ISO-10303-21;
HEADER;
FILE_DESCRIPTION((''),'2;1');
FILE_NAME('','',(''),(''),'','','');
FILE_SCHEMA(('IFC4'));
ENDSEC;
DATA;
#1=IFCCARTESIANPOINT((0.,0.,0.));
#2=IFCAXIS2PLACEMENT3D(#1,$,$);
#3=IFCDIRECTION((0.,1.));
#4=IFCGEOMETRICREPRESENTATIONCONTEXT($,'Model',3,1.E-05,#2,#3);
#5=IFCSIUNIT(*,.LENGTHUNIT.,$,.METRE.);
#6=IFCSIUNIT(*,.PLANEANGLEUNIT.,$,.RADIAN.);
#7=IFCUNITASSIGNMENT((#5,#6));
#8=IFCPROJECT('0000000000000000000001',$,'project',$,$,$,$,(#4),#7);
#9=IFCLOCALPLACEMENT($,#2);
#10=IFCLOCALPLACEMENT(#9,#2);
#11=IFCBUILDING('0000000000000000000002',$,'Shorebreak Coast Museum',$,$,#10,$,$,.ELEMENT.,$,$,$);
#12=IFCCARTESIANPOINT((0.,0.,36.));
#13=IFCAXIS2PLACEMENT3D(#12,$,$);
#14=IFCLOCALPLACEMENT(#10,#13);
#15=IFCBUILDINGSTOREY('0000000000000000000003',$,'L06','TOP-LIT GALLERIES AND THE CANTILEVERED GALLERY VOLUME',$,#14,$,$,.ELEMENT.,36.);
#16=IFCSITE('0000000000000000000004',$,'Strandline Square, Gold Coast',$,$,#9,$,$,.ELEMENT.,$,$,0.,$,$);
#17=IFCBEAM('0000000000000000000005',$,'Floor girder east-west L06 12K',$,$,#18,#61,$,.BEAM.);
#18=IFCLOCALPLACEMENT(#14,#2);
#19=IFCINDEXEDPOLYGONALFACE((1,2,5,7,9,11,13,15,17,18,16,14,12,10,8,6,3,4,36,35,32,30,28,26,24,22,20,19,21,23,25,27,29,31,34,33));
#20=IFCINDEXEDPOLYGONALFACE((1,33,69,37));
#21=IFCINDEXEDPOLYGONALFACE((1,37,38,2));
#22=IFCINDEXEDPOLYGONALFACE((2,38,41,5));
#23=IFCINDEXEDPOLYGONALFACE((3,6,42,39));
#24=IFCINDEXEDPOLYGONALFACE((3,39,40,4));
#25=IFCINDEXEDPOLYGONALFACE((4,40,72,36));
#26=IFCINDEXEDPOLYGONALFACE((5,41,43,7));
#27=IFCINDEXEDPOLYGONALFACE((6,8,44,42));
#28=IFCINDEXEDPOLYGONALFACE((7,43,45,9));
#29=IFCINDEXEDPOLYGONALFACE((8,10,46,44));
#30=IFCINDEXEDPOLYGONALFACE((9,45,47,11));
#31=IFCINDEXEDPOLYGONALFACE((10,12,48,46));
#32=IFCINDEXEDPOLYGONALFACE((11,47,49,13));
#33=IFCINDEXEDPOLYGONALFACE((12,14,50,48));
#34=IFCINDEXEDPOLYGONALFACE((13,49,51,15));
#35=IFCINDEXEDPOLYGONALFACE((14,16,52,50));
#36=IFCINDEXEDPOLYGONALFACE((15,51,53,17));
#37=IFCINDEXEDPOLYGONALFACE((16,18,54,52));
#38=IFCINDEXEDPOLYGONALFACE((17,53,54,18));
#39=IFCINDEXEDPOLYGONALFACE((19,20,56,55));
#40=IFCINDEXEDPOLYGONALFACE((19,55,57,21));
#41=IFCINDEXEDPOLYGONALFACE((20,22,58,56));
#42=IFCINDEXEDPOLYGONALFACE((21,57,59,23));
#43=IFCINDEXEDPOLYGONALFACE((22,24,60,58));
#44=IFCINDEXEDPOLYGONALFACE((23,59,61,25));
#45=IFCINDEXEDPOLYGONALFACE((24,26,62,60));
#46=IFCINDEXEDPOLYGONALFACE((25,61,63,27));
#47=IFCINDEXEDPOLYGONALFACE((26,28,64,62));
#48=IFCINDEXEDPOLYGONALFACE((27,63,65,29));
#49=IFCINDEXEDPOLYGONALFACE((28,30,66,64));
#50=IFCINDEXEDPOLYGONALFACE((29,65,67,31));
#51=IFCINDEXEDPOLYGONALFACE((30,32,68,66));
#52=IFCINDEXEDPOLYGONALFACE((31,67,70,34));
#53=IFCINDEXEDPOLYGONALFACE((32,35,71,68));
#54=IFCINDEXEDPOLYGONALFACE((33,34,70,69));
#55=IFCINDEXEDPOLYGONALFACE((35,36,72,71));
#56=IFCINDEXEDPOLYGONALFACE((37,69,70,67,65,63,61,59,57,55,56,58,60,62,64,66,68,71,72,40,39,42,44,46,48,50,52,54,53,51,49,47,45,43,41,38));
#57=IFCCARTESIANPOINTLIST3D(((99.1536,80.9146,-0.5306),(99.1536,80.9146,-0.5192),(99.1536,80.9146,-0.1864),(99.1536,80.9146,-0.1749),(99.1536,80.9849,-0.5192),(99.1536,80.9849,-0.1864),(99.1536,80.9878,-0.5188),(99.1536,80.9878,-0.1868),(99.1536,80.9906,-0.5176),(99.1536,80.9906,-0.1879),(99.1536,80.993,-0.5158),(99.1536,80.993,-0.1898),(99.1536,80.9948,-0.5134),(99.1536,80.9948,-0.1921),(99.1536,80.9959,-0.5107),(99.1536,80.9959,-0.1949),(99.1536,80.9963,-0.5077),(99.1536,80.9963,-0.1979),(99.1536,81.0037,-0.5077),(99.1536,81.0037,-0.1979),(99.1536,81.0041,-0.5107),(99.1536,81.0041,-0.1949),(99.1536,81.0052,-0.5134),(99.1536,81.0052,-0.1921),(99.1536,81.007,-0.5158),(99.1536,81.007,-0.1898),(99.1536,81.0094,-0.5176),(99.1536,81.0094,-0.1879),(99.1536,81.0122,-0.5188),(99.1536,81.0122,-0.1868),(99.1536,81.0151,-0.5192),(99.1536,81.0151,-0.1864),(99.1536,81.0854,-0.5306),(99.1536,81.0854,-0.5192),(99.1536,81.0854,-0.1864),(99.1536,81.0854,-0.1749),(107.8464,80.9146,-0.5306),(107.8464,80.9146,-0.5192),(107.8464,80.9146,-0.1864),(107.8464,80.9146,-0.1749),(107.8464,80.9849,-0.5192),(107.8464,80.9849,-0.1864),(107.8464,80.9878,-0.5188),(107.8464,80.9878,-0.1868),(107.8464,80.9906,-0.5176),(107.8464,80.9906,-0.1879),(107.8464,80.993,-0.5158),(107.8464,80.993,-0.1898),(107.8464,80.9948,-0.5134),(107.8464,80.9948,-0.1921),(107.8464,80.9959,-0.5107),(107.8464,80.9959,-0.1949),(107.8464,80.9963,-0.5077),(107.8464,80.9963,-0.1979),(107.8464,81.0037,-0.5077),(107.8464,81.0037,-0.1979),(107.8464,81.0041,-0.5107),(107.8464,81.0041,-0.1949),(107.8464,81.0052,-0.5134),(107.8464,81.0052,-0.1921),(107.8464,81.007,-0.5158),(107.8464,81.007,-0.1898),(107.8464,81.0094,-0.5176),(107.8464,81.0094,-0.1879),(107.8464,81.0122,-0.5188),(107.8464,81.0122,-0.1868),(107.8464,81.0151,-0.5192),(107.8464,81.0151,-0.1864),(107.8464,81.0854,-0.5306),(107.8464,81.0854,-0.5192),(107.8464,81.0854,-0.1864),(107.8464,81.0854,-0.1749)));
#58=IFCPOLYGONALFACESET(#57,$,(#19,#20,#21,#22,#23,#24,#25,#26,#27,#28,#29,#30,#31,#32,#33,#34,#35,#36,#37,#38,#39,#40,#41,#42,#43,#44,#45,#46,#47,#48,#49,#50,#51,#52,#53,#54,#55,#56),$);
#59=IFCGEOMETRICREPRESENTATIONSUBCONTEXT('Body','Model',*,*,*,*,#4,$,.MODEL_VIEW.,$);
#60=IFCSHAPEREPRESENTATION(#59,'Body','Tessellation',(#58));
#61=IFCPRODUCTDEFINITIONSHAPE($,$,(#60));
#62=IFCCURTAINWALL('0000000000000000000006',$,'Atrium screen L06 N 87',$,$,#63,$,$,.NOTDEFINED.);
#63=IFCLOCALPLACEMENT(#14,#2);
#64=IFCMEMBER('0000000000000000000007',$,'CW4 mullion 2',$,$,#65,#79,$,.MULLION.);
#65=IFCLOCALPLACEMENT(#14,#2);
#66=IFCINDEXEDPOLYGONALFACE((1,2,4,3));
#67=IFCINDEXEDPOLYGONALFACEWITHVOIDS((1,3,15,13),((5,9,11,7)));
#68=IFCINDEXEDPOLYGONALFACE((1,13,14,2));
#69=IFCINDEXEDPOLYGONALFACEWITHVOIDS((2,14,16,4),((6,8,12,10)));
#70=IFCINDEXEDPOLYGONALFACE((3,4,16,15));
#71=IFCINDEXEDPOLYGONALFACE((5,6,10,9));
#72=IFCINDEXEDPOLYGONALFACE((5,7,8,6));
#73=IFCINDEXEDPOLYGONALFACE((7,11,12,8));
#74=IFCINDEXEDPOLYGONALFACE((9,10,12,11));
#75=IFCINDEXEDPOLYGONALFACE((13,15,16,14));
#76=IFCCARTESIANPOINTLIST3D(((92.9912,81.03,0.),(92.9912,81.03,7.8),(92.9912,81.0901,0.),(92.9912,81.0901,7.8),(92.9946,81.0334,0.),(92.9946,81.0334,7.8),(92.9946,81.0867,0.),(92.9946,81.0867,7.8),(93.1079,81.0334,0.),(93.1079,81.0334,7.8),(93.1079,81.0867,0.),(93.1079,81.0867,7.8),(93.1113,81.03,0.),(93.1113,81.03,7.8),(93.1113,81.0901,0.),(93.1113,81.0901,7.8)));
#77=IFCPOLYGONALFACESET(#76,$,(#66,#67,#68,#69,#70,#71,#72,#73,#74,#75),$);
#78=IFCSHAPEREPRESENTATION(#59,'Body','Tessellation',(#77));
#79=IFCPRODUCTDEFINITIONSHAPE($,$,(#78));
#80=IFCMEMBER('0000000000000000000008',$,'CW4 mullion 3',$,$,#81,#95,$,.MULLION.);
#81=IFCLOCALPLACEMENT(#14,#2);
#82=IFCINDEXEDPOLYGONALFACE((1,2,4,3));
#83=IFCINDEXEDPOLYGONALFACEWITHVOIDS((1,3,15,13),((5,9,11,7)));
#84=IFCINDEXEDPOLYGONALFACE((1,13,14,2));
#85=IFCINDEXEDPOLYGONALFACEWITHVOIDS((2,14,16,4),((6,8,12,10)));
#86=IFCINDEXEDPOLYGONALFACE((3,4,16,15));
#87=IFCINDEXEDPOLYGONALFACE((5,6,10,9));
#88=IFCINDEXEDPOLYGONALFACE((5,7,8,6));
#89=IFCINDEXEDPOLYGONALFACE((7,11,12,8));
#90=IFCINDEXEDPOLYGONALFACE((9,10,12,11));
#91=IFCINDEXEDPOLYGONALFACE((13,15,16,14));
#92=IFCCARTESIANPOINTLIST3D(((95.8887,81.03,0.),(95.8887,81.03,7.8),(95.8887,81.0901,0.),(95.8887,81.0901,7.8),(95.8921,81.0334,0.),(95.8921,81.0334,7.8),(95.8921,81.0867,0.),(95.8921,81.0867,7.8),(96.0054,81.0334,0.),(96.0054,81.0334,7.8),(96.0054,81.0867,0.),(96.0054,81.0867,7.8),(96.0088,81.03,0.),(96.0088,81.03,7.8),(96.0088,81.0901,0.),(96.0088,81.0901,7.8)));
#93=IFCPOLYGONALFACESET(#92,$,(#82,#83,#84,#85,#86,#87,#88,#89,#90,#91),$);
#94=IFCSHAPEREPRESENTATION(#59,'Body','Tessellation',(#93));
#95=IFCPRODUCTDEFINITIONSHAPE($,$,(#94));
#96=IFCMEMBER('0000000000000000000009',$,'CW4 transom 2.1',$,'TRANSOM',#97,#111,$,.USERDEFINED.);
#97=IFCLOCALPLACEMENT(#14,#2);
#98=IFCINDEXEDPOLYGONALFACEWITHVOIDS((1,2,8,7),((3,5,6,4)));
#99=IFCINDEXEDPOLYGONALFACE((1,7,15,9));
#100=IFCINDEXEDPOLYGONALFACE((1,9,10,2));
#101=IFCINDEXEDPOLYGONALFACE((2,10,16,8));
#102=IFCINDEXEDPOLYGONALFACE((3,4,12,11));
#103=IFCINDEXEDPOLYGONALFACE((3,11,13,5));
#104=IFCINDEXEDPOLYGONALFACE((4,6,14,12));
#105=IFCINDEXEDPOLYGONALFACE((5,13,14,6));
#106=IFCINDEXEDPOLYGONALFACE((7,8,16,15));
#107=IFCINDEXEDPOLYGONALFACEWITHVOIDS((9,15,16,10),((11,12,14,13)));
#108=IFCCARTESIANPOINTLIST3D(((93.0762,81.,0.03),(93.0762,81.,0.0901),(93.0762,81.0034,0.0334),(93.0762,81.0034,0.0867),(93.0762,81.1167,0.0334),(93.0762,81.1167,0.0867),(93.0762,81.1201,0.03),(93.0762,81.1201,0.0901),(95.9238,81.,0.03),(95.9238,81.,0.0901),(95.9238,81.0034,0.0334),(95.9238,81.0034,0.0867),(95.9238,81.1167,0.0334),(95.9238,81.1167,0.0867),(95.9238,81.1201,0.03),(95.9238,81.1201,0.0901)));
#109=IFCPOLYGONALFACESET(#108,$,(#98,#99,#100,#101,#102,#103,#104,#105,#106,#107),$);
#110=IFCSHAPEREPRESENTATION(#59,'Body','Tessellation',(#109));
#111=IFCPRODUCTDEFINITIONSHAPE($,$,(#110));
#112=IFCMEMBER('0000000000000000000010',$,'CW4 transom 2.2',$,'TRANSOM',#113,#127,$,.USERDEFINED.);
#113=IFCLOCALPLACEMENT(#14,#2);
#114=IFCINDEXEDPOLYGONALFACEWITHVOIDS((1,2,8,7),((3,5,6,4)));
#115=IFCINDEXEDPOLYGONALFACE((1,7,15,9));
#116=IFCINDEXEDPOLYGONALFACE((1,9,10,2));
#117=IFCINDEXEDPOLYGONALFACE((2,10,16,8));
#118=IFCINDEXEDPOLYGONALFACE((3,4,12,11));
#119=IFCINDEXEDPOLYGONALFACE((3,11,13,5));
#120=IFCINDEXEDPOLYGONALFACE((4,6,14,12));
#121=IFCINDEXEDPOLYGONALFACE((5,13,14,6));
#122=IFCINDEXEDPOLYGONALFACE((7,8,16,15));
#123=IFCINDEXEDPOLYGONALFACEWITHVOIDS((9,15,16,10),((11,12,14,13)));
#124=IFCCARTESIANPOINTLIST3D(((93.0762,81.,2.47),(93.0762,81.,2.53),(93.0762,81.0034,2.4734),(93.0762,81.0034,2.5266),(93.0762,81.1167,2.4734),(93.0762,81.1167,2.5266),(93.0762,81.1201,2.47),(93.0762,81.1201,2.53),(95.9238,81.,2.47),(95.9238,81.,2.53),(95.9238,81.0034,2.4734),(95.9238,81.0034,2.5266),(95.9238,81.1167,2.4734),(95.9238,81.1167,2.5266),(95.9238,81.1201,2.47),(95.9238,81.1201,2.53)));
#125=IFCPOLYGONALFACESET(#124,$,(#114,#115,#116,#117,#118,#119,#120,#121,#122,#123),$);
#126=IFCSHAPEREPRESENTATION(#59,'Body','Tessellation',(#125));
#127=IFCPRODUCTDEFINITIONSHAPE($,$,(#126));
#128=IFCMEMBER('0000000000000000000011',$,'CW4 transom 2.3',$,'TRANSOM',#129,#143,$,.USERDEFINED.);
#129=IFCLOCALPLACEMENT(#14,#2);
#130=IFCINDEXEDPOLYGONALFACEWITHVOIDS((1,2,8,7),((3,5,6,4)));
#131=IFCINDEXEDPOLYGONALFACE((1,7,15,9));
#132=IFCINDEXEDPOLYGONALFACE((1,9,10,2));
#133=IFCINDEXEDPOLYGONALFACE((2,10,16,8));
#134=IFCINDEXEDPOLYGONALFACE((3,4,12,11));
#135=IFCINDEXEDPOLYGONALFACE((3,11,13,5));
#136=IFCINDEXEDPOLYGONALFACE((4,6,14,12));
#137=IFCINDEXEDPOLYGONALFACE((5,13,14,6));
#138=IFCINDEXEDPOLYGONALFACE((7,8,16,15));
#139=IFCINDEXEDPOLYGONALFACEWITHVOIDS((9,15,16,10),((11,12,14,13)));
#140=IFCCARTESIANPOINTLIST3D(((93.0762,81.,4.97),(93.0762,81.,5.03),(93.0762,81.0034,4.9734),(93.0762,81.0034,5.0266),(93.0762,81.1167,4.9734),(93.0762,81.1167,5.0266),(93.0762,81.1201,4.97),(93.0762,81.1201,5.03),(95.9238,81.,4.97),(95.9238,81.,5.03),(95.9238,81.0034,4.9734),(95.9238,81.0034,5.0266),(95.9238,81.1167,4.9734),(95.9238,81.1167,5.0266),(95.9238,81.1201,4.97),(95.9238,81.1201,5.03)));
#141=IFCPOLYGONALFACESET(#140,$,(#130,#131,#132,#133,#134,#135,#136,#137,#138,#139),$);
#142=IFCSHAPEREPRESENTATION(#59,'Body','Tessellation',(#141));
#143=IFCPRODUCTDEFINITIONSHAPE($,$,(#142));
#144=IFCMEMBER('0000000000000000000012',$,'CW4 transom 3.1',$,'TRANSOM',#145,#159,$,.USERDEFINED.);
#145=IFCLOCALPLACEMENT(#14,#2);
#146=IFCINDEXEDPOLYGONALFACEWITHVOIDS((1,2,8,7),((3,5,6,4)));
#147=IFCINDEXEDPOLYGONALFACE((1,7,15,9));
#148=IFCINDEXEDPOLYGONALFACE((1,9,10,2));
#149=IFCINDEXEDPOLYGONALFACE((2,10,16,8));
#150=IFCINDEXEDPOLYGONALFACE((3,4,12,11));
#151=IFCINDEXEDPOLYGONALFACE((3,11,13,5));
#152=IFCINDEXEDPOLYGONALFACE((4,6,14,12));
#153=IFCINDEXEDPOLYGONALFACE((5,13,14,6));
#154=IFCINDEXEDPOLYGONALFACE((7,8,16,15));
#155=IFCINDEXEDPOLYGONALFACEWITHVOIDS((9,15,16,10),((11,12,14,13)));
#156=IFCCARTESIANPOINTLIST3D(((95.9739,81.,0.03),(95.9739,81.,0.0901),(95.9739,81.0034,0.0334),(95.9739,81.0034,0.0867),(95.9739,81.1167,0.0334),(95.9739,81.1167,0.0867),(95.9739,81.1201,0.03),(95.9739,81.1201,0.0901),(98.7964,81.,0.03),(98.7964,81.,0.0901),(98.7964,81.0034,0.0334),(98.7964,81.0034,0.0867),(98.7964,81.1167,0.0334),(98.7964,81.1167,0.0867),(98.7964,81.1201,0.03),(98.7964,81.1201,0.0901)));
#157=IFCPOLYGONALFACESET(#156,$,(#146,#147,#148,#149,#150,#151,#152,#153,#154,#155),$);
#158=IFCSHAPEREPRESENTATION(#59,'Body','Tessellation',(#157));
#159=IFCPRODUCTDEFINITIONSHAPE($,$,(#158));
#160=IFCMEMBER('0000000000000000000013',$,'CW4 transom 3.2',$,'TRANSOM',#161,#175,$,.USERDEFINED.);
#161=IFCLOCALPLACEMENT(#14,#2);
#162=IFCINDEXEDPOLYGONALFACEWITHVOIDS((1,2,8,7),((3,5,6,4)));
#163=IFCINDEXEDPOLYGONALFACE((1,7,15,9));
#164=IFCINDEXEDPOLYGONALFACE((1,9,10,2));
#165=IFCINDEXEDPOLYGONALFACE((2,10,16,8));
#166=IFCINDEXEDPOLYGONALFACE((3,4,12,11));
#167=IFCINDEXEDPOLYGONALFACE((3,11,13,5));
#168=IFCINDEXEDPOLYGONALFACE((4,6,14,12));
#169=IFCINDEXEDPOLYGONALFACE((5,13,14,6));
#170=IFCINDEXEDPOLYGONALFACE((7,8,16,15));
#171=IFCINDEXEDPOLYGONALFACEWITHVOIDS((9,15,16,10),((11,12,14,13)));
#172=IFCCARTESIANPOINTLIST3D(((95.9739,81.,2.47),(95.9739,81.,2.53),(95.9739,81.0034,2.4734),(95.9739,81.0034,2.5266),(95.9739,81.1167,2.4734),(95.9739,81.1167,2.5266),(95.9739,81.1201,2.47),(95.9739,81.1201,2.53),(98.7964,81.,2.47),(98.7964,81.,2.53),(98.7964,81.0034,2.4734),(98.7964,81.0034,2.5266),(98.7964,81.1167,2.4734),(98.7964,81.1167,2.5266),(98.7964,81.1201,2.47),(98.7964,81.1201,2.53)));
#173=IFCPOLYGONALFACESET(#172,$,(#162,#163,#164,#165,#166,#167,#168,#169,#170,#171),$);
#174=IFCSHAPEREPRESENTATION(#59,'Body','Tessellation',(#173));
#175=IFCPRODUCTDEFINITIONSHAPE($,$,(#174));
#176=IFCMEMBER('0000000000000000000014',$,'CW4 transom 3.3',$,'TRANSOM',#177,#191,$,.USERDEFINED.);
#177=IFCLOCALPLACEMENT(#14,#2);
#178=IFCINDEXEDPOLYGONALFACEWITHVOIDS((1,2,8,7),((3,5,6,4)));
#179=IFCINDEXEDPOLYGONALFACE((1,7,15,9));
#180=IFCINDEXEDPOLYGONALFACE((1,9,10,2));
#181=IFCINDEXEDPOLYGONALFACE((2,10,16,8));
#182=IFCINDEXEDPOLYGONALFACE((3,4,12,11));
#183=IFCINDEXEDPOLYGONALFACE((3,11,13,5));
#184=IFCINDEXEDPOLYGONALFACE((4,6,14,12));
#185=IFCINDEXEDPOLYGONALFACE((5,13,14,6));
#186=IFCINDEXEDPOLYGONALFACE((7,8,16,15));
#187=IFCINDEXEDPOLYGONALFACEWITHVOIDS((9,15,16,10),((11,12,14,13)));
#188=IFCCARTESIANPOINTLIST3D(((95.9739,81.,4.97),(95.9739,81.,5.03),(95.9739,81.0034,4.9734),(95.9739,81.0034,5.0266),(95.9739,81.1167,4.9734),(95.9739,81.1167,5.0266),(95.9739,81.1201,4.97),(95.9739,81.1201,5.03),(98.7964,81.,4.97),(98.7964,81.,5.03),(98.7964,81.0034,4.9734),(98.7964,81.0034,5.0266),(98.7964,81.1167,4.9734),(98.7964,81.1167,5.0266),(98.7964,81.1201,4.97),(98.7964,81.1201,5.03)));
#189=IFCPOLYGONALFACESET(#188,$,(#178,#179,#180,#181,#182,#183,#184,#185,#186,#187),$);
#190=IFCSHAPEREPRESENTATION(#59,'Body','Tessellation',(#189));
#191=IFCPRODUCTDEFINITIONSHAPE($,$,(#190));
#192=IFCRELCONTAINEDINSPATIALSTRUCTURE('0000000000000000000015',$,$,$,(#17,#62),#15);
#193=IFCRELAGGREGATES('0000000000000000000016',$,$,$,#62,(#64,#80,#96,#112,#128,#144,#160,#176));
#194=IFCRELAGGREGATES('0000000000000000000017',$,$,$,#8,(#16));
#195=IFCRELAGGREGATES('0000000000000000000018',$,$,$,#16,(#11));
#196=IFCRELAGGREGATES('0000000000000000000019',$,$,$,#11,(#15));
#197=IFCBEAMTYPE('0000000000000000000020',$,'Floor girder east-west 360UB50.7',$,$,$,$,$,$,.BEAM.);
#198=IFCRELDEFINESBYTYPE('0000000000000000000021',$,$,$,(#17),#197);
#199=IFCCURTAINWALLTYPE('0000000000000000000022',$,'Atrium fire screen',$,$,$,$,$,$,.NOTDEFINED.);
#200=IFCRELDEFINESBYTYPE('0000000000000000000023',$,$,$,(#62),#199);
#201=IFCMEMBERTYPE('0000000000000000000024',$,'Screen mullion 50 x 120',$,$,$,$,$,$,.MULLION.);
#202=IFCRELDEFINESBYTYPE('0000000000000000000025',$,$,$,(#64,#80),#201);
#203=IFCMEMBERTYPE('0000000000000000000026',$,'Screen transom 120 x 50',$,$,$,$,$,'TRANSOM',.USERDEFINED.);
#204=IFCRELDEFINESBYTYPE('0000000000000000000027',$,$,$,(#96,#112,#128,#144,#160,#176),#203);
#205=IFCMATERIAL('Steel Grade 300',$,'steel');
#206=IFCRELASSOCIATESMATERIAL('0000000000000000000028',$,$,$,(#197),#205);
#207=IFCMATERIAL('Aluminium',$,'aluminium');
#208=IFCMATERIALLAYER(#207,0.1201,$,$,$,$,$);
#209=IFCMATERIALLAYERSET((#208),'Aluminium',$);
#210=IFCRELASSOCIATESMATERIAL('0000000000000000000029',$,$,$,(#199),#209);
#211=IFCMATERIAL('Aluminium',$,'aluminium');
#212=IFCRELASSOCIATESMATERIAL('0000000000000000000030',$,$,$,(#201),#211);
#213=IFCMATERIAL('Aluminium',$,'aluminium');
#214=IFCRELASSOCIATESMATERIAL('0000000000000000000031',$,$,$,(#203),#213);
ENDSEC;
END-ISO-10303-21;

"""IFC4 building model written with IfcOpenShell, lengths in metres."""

from ifc_helpers import new_model, si_unit, direction, frame, origin, origin_2d, place, context, subcontext, project, spatial, hollow_rectangle, i_section, extrude, material, layer, layer_set, material_profile, profile_set, type_object, element, aggregate, save


model = new_model("IFC4")

# Units and contexts
model_context = context("Model", 3, precision=1e-05, world=origin(), true_north=direction((0.0, 1.0)))
body_context = subcontext(model_context, "Body", "Model", "MODEL_VIEW")
ifc_project = project(units=[si_unit("LENGTHUNIT", "METRE"), si_unit("PLANEANGLEUNIT", "RADIAN")], contexts=[model_context])

# Site, building, storey
site_placement = place(None, origin())
site = spatial("IfcSite", under=ifc_project, at=site_placement, Name="Strandline Square, Gold Coast", CompositionType="ELEMENT", RefElevation=0.0)
building_placement = place(site_placement, origin())
building = spatial("IfcBuilding", under=site, at=building_placement, Name="Shorebreak Coast Museum", CompositionType="ELEMENT")
storey_placement = place(building_placement, frame((0.0, 0.0, 36.0)))
storey = spatial("IfcBuildingStorey", under=building, at=storey_placement, Name="L06", Description="TOP-LIT GALLERIES AND THE CANTILEVERED GALLERY VOLUME", CompositionType="ELEMENT", Elevation=36.0)

# Beam
ifc_material_1 = material(Name="Steel Grade 300", Category="steel")
ifc_material_profile_1 = material_profile(ifc_material_1, i_section(OverallWidth=0.1709, OverallDepth=0.3557, WebThickness=0.0073, FlangeThickness=0.0115, FilletRadius=0.0115, at=origin_2d()), Name="360UB50.7")
ifc_profile_set_1 = profile_set([ifc_material_profile_1], Name="Steel Grade 300")
beam_type = type_object("IfcBeamType", Name="Floor girder east-west 360UB50.7", PredefinedType="BEAM", material=ifc_profile_set_1)
beam_placement = place(storey_placement, frame((99.1536, 81.0, -0.3528), z_axis=(1.0, 0.0, 0.0), x_axis=(0.0, 1.0, 0.0)))
element("IfcBeam", 1, at=beam_placement, inside=storey, type_object=beam_type, Name="Floor girder east-west L06 12K", PredefinedType="BEAM", context=body_context, shape_type="SweptSolid", body=[
    extrude(i_section(OverallWidth=0.1709, OverallDepth=0.3557, WebThickness=0.0073, FlangeThickness=0.0115, FilletRadius=0.0115, at=origin_2d()), origin(), (0.0, 0.0, 1.0), 8.6929),
])

# Curtain wall, members
ifc_material_2 = material(Name="Aluminium", Category="aluminium")
ifc_layer_1 = layer(ifc_material_2, 0.1201)
ifc_layer_set_1 = layer_set([ifc_layer_1], Name="Aluminium")
curtain_wall_type = type_object("IfcCurtainWallType", Name="Atrium fire screen", PredefinedType="NOTDEFINED", material=ifc_layer_set_1)
curtain_wall_placement = place(storey_placement, origin())
curtain_wall = element("IfcCurtainWall", 2, at=curtain_wall_placement, inside=storey, type_object=curtain_wall_type, Name="Atrium screen L06 N 87", PredefinedType="NOTDEFINED")
ifc_material_3 = material(Name="Aluminium", Category="aluminium")
ifc_material_profile_2 = material_profile(ifc_material_3, hollow_rectangle(XDim=0.0601, YDim=0.1201, WallThickness=0.0034, at=origin_2d()), Name="AL 120x60 RHS")
ifc_profile_set_2 = profile_set([ifc_material_profile_2], Name="Aluminium")
member_type_1 = type_object("IfcMemberType", Name="Screen mullion 50 x 120", PredefinedType="MULLION", material=ifc_profile_set_2)
member_1_placement = place(storey_placement, frame((93.0513, 81.0601, 0.0), z_axis=(0.0, 0.0, 1.0), x_axis=(0.0, 1.0, 0.0)))
member_1 = element("IfcMember", 3, at=member_1_placement, type_object=member_type_1, Name="CW4 mullion 2", PredefinedType="MULLION", context=body_context, shape_type="SweptSolid", body=[
    extrude(hollow_rectangle(XDim=0.0601, YDim=0.1201, WallThickness=0.0034, at=origin_2d()), origin(), (0.0, 0.0, 1.0), 7.8),
])
member_2_placement = place(storey_placement, frame((95.9487, 81.0601, 0.0), z_axis=(0.0, 0.0, 1.0), x_axis=(0.0, 1.0, 0.0)))
member_2 = element("IfcMember", 4, at=member_2_placement, type_object=member_type_1, Name="CW4 mullion 3", PredefinedType="MULLION", context=body_context, shape_type="SweptSolid", body=[
    extrude(hollow_rectangle(XDim=0.0601, YDim=0.1201, WallThickness=0.0034, at=origin_2d()), origin(), (0.0, 0.0, 1.0), 7.8),
])
ifc_material_4 = material(Name="Aluminium", Category="aluminium")
ifc_material_profile_3 = material_profile(ifc_material_4, hollow_rectangle(XDim=0.1201, YDim=0.0601, WallThickness=0.0034, at=origin_2d()), Name="AL 60x120 RHS")
ifc_profile_set_3 = profile_set([ifc_material_profile_3], Name="Aluminium")
member_type_2 = type_object("IfcMemberType", Name="Screen transom 120 x 50", ElementType="TRANSOM", PredefinedType="USERDEFINED", material=ifc_profile_set_3)
member_3_placement = place(storey_placement, frame((93.0762, 81.0601, 0.0601), z_axis=(1.0, 0.0, 0.0), x_axis=(0.0, 1.0, 0.0)))
member_3 = element("IfcMember", 5, at=member_3_placement, type_object=member_type_2, Name="CW4 transom 2.1", ObjectType="TRANSOM", PredefinedType="USERDEFINED", context=body_context, shape_type="SweptSolid", body=[
    extrude(hollow_rectangle(XDim=0.1201, YDim=0.0601, WallThickness=0.0034, at=origin_2d()), origin(), (0.0, 0.0, 1.0), 2.8477),
])
member_4_placement = place(storey_placement, frame((93.0762, 81.0601, 2.5), z_axis=(1.0, 0.0, 0.0), x_axis=(0.0, 1.0, 0.0)))
member_4 = element("IfcMember", 6, at=member_4_placement, type_object=member_type_2, Name="CW4 transom 2.2", ObjectType="TRANSOM", PredefinedType="USERDEFINED", context=body_context, shape_type="SweptSolid", body=[
    extrude(hollow_rectangle(XDim=0.1201, YDim=0.0601, WallThickness=0.0034, at=origin_2d()), origin(), (0.0, 0.0, 1.0), 2.8477),
])
member_5_placement = place(storey_placement, frame((93.0762, 81.0601, 5.0), z_axis=(1.0, 0.0, 0.0), x_axis=(0.0, 1.0, 0.0)))
member_5 = element("IfcMember", 7, at=member_5_placement, type_object=member_type_2, Name="CW4 transom 2.3", ObjectType="TRANSOM", PredefinedType="USERDEFINED", context=body_context, shape_type="SweptSolid", body=[
    extrude(hollow_rectangle(XDim=0.1201, YDim=0.0601, WallThickness=0.0034, at=origin_2d()), origin(), (0.0, 0.0, 1.0), 2.8477),
])
member_6_placement = place(storey_placement, frame((95.9739, 81.0601, 0.0601), z_axis=(1.0, 0.0, 0.0), x_axis=(0.0, 1.0, 0.0)))
member_6 = element("IfcMember", 8, at=member_6_placement, type_object=member_type_2, Name="CW4 transom 3.1", ObjectType="TRANSOM", PredefinedType="USERDEFINED", context=body_context, shape_type="SweptSolid", body=[
    extrude(hollow_rectangle(XDim=0.1201, YDim=0.0601, WallThickness=0.0034, at=origin_2d()), origin(), (0.0, 0.0, 1.0), 2.8225),
])
member_7_placement = place(storey_placement, frame((95.9739, 81.0601, 2.5), z_axis=(1.0, 0.0, 0.0), x_axis=(0.0, 1.0, 0.0)))
member_7 = element("IfcMember", 9, at=member_7_placement, type_object=member_type_2, Name="CW4 transom 3.2", ObjectType="TRANSOM", PredefinedType="USERDEFINED", context=body_context, shape_type="SweptSolid", body=[
    extrude(hollow_rectangle(XDim=0.1201, YDim=0.0601, WallThickness=0.0034, at=origin_2d()), origin(), (0.0, 0.0, 1.0), 2.8225),
])
member_8_placement = place(storey_placement, frame((95.9739, 81.0601, 5.0), z_axis=(1.0, 0.0, 0.0), x_axis=(0.0, 1.0, 0.0)))
member_8 = element("IfcMember", 10, at=member_8_placement, type_object=member_type_2, Name="CW4 transom 3.3", ObjectType="TRANSOM", PredefinedType="USERDEFINED", context=body_context, shape_type="SweptSolid", body=[
    extrude(hollow_rectangle(XDim=0.1201, YDim=0.0601, WallThickness=0.0034, at=origin_2d()), origin(), (0.0, 0.0, 1.0), 2.8225),
])
aggregate(curtain_wall, [member_1, member_2, member_3, member_4, member_5, member_6, member_7, member_8])

save(model, "model.ifc")
